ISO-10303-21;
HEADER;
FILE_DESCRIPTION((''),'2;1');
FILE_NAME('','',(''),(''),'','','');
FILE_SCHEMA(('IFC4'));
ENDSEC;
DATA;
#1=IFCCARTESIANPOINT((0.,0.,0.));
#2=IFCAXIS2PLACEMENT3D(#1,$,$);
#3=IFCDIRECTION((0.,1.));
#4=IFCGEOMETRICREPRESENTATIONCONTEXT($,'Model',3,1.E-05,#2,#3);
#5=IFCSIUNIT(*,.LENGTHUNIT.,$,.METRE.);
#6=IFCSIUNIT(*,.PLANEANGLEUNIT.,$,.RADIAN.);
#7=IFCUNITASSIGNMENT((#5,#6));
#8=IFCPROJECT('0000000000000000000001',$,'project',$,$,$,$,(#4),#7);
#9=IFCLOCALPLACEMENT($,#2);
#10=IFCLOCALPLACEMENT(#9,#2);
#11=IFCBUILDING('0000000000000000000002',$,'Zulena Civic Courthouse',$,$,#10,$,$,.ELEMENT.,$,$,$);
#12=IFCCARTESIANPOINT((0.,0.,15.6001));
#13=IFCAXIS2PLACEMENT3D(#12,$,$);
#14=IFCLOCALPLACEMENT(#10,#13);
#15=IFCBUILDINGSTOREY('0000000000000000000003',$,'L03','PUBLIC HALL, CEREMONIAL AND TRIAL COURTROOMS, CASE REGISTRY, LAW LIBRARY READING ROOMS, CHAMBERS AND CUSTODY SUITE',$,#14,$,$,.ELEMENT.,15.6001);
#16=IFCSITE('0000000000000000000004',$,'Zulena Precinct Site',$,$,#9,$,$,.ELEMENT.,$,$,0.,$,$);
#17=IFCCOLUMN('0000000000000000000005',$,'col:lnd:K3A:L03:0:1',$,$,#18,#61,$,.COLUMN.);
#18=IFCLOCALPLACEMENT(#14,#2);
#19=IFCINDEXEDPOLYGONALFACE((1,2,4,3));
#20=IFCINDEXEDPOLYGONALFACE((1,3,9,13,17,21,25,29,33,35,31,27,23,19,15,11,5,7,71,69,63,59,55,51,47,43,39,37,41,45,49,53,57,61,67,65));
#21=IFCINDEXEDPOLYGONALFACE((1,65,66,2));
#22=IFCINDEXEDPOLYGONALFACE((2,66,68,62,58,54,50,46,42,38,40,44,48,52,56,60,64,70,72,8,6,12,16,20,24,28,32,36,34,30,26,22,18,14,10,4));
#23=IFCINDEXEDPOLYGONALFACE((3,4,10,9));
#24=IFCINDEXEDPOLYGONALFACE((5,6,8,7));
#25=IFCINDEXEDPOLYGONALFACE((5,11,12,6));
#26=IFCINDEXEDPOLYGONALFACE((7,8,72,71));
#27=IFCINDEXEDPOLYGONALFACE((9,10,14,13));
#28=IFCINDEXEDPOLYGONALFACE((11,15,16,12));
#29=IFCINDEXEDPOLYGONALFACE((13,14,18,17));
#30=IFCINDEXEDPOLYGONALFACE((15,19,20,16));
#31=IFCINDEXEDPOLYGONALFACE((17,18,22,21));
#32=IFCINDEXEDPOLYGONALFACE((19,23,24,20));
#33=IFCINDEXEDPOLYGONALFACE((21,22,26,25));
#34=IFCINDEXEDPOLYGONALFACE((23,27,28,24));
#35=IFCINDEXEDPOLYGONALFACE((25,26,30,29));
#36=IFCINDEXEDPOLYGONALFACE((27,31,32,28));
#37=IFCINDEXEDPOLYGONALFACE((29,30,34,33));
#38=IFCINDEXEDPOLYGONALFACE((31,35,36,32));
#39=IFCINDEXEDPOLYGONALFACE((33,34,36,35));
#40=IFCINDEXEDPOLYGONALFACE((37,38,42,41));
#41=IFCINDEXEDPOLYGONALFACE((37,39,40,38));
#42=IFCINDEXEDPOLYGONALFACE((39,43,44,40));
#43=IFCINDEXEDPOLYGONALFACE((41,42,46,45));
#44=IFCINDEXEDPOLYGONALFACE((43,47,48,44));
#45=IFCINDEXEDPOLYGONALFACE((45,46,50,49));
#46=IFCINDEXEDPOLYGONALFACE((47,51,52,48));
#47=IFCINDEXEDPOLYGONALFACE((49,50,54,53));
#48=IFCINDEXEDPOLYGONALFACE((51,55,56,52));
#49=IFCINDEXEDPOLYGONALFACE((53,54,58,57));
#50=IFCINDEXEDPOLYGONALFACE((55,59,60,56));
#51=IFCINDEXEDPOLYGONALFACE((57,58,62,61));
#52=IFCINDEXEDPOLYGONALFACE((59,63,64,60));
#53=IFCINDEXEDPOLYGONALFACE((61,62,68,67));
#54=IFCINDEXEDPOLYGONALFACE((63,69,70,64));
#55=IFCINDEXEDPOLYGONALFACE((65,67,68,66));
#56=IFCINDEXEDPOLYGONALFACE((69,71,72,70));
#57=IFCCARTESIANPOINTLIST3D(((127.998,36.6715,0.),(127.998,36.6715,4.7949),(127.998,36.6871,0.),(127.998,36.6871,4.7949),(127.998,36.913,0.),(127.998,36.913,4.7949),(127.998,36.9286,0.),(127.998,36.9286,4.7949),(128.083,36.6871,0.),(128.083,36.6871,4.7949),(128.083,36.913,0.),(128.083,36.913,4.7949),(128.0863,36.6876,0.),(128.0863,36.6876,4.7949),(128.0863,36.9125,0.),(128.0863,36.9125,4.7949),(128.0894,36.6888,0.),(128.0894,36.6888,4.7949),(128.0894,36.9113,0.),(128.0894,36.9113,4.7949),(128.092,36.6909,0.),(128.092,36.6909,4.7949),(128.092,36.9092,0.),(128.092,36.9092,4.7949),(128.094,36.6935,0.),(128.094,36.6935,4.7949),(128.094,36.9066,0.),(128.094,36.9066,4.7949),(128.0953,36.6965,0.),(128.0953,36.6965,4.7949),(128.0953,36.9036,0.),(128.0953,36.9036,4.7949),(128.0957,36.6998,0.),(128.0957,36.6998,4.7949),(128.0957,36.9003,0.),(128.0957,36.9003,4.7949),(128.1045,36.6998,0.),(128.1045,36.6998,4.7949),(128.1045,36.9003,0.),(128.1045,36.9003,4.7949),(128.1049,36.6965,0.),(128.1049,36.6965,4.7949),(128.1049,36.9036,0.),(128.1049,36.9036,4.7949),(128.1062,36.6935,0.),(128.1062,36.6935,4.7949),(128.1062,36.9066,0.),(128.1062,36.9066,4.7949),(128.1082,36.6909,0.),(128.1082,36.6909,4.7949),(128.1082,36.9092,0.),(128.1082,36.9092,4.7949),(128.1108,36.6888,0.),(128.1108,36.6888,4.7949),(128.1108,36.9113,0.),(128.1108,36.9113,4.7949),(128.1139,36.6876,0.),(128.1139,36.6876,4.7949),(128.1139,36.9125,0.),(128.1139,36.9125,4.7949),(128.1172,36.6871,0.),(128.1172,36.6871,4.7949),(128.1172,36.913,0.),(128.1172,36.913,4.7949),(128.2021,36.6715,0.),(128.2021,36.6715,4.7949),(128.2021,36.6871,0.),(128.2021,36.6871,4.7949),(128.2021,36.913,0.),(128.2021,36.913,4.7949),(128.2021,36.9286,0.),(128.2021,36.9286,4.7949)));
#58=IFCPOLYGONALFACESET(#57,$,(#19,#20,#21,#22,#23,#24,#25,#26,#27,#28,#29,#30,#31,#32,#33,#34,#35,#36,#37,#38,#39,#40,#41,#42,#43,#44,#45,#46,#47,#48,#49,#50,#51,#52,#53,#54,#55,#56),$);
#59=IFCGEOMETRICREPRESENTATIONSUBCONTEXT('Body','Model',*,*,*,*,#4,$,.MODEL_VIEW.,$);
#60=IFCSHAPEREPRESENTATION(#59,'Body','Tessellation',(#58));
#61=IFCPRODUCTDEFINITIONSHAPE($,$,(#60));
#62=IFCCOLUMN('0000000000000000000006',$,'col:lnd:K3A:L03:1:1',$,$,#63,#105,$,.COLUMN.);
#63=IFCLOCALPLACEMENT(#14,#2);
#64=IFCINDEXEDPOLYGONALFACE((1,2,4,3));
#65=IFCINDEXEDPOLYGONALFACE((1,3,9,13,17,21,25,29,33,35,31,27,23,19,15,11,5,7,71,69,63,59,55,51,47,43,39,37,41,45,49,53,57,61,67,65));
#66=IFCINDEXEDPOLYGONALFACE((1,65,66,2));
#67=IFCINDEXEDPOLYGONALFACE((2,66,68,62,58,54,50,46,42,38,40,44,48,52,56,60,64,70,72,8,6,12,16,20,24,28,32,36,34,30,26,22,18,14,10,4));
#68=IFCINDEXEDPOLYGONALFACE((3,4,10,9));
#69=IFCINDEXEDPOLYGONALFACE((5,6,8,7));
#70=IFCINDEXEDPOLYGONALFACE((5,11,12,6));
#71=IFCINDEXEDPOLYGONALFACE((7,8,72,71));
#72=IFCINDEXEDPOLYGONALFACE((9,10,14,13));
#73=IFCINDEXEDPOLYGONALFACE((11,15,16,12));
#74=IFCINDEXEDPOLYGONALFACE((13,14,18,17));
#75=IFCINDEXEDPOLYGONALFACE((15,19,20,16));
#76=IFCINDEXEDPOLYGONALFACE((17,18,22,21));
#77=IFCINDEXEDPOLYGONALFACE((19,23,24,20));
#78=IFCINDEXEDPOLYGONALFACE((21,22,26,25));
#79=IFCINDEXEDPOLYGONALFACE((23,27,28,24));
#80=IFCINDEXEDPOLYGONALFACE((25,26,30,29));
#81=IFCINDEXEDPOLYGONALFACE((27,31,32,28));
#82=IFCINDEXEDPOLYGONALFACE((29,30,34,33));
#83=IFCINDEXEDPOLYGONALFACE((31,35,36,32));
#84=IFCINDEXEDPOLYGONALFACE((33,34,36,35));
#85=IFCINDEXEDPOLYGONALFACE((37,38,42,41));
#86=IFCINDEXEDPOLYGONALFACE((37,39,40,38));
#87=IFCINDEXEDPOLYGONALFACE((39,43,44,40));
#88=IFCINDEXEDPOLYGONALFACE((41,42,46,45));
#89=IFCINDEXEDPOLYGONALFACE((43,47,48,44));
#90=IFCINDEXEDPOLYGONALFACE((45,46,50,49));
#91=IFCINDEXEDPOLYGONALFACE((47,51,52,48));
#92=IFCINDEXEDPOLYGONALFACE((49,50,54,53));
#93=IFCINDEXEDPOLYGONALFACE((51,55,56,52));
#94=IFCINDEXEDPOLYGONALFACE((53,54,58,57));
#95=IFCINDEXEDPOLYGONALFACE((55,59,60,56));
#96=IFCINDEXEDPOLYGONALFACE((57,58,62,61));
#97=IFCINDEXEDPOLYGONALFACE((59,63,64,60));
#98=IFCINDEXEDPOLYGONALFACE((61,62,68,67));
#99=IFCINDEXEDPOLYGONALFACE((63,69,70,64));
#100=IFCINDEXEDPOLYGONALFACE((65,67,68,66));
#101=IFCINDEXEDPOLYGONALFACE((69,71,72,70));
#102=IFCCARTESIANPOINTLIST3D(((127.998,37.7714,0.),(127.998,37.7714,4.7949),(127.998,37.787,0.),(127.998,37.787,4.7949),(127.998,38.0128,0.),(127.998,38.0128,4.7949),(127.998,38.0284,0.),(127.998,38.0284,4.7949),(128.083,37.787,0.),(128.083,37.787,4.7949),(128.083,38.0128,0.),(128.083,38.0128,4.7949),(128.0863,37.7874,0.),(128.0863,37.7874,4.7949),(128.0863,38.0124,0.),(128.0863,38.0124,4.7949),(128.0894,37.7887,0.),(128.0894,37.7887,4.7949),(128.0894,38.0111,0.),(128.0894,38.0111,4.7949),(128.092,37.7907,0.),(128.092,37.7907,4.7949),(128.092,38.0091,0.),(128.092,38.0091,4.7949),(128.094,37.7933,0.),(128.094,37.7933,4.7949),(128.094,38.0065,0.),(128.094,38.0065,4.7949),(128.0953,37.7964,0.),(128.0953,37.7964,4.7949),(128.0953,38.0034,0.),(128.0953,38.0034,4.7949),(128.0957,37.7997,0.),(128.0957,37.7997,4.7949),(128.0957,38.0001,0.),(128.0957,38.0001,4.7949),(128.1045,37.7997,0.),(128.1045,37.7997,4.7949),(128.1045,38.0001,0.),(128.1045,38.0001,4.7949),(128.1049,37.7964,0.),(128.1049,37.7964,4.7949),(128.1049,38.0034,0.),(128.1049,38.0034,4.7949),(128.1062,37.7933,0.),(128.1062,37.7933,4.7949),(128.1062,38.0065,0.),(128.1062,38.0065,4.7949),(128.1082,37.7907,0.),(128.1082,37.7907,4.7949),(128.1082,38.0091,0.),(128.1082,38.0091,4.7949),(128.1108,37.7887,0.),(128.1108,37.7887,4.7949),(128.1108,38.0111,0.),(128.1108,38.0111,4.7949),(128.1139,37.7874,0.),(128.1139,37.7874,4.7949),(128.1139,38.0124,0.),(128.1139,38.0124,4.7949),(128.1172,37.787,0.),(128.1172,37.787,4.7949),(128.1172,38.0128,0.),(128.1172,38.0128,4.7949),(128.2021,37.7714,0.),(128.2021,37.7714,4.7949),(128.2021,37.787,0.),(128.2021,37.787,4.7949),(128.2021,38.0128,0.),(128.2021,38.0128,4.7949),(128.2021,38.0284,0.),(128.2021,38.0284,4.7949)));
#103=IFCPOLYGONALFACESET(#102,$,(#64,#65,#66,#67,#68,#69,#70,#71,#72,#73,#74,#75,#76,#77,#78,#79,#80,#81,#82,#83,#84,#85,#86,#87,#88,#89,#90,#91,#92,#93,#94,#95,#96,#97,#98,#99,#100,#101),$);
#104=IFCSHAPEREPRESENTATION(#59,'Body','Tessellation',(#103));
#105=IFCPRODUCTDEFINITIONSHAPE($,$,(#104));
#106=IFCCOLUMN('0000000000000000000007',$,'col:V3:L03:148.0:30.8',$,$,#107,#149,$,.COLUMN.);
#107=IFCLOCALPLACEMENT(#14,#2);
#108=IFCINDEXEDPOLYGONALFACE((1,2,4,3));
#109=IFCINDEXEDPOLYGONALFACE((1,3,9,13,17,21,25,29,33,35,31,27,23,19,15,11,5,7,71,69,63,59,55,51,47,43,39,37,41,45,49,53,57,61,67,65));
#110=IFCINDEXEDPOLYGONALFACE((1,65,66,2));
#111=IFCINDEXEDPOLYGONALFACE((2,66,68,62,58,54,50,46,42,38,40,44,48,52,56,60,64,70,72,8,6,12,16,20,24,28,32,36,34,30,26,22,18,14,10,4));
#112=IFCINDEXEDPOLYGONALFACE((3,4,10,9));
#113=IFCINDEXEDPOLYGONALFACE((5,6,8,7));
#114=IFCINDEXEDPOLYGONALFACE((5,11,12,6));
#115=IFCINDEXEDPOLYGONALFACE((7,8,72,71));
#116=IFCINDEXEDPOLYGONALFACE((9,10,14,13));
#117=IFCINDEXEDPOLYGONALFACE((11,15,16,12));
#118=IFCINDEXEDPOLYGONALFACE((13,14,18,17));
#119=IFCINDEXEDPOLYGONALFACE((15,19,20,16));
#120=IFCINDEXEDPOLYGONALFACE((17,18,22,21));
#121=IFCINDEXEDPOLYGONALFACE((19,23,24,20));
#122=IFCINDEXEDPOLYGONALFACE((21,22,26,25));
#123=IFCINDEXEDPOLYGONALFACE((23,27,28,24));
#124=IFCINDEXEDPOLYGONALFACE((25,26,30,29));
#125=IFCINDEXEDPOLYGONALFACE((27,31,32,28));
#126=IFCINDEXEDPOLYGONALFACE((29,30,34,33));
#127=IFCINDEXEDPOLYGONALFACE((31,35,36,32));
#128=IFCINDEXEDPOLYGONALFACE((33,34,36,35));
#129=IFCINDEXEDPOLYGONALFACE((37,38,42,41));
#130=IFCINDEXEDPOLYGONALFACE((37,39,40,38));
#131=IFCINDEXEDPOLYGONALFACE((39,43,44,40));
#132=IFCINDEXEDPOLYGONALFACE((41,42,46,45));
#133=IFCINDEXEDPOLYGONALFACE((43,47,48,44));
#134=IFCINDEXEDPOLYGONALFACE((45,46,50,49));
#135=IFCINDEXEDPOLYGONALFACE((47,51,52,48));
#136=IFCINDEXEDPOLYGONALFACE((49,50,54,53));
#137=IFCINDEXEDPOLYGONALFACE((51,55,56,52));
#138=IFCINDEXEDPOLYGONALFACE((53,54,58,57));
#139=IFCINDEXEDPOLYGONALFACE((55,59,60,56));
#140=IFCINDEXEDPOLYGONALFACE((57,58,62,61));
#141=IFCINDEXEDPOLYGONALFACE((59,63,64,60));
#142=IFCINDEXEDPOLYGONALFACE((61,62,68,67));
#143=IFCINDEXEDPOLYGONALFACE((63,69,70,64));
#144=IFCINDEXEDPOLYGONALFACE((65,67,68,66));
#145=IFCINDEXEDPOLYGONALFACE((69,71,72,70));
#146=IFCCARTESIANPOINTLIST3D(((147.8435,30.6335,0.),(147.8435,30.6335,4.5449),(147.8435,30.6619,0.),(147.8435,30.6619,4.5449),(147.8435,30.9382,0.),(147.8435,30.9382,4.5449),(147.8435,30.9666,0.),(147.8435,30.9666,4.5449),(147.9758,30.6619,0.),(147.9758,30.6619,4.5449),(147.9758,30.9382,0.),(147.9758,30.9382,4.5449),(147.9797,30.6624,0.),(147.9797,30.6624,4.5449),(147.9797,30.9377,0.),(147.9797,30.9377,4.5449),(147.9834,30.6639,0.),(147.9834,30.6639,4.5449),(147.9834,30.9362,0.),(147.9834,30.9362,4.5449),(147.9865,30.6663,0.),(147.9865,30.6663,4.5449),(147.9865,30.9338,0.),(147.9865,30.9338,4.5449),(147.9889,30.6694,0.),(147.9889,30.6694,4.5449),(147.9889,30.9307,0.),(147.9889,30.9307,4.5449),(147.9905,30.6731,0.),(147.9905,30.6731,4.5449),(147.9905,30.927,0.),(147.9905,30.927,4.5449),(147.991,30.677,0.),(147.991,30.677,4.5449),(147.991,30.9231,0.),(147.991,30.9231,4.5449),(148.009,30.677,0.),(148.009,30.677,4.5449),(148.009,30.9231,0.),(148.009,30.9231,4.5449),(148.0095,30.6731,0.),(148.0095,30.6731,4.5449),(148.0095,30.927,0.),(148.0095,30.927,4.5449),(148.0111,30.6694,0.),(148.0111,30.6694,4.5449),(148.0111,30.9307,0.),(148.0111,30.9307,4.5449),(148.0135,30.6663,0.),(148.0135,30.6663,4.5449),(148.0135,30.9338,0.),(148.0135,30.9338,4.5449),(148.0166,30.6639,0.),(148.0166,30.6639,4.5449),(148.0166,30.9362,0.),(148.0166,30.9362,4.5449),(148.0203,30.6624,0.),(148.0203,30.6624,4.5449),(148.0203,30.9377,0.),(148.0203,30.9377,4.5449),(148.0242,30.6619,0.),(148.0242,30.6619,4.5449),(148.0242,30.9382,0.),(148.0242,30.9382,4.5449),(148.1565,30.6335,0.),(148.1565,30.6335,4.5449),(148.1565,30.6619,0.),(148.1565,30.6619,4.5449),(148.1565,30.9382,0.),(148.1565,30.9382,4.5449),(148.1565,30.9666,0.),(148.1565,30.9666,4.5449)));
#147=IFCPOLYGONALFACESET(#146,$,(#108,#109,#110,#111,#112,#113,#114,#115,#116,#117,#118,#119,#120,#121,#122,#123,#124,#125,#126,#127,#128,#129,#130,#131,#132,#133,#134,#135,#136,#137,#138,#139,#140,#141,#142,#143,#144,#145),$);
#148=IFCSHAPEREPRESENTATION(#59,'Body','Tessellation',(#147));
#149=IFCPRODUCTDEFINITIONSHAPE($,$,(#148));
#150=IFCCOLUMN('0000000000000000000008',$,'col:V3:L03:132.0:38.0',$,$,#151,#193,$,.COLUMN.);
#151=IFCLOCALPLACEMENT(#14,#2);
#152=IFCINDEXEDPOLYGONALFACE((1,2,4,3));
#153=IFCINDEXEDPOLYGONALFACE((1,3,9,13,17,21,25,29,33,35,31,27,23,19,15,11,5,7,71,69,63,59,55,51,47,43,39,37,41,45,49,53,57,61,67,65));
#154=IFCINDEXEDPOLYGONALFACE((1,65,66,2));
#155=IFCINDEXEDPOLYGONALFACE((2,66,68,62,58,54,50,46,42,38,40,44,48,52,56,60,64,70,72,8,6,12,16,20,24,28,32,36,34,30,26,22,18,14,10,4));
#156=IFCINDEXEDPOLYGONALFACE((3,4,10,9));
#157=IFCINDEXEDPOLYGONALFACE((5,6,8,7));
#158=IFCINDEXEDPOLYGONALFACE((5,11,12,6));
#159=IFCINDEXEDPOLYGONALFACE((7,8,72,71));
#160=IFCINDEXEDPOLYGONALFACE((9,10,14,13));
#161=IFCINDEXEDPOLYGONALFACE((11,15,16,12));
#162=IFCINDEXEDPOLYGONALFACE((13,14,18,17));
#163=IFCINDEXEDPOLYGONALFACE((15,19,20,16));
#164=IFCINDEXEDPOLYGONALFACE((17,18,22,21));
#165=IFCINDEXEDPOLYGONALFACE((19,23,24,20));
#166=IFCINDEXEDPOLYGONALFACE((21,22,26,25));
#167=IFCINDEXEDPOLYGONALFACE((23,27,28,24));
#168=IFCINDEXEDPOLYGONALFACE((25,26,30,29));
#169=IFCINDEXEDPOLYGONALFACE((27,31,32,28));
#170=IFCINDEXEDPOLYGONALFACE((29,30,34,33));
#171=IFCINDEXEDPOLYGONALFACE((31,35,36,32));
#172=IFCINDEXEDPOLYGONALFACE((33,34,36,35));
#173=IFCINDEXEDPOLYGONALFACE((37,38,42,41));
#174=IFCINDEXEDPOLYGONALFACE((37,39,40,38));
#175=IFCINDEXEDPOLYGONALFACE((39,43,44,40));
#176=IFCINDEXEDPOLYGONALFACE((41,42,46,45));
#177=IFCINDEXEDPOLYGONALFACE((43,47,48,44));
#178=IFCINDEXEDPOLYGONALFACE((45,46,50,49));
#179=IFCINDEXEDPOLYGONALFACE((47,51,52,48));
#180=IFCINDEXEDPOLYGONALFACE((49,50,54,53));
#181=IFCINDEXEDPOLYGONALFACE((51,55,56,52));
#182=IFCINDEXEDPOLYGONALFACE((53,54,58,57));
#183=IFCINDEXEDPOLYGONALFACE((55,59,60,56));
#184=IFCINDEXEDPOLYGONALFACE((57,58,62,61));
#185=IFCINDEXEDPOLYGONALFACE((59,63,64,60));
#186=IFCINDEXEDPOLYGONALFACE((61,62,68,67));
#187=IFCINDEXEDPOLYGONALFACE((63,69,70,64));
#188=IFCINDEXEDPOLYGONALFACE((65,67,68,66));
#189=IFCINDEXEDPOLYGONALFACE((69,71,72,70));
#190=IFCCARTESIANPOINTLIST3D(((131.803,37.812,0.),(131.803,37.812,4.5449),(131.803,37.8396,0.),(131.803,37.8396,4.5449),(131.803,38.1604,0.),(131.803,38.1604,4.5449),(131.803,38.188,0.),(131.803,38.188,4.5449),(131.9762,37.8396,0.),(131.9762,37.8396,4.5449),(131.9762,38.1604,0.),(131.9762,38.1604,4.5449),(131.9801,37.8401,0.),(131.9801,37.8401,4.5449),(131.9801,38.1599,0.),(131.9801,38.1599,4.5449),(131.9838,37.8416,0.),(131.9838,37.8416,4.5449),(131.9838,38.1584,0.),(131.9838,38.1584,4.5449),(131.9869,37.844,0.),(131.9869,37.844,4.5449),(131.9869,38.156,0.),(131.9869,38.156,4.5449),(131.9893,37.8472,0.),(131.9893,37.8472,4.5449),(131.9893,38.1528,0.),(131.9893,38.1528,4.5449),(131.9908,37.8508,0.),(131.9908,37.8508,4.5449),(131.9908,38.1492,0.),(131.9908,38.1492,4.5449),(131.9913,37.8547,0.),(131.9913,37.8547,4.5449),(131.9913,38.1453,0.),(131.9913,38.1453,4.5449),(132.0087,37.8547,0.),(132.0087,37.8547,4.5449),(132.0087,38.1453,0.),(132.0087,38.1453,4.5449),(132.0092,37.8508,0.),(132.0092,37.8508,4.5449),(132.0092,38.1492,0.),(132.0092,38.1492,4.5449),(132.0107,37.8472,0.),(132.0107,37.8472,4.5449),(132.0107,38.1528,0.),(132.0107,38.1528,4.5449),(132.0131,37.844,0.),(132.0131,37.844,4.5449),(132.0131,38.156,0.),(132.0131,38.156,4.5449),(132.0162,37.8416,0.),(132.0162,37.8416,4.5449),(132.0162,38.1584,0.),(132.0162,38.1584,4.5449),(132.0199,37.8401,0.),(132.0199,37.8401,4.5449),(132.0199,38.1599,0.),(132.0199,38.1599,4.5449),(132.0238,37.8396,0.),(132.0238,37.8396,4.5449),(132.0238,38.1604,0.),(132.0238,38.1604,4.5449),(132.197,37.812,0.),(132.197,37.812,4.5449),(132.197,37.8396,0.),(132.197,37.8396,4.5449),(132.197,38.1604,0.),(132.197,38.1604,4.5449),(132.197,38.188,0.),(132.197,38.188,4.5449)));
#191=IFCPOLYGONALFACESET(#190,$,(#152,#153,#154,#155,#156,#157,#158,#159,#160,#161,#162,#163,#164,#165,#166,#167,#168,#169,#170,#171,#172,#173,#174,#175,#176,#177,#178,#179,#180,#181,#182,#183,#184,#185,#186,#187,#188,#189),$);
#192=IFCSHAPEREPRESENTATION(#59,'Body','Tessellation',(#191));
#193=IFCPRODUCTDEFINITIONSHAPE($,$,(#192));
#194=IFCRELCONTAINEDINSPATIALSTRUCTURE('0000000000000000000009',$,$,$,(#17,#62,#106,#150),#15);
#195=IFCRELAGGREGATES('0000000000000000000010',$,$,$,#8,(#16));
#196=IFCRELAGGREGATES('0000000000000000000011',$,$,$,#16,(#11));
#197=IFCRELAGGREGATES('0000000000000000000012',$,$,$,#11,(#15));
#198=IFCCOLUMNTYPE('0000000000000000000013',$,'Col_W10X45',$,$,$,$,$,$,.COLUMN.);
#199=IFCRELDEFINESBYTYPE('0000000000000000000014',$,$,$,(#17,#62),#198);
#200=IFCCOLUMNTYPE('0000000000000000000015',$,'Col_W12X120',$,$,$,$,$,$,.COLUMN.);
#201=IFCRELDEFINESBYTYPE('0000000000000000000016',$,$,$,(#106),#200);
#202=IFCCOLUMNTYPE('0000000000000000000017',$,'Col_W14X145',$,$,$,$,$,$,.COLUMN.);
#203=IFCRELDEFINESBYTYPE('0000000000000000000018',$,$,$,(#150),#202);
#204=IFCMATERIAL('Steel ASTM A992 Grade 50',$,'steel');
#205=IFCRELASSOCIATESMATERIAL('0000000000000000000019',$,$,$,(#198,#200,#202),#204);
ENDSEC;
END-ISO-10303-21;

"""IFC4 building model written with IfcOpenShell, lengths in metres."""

from ifc_helpers import new_model, si_unit, direction, frame, origin, origin_2d, place, context, subcontext, project, spatial, i_section, extrude, material, material_profile, profile_set, type_object, element, save


model = new_model("IFC4")

# Units and contexts
model_context = context("Model", 3, precision=1e-05, world=origin(), true_north=direction((0.0, 1.0)))
body_context = subcontext(model_context, "Body", "Model", "MODEL_VIEW")
ifc_project = project(units=[si_unit("LENGTHUNIT", "METRE"), si_unit("PLANEANGLEUNIT", "RADIAN")], contexts=[model_context])

# Site, building, storey
site_placement = place(None, origin())
site = spatial("IfcSite", under=ifc_project, at=site_placement, Name="Zulena Precinct Site", CompositionType="ELEMENT", RefElevation=0.0)
building_placement = place(site_placement, origin())
building = spatial("IfcBuilding", under=site, at=building_placement, Name="Zulena Civic Courthouse", CompositionType="ELEMENT")
storey_placement = place(building_placement, frame((0.0, 0.0, 15.6001)))
storey = spatial("IfcBuildingStorey", under=building, at=storey_placement, Name="L03", Description="PUBLIC HALL, CEREMONIAL AND TRIAL COURTROOMS, CASE REGISTRY, LAW LIBRARY READING ROOMS, CHAMBERS AND CUSTODY SUITE", CompositionType="ELEMENT", Elevation=15.6001)

# Columns
ifc_material_1 = material(Name="Steel ASTM A992 Grade 50", Category="steel")
ifc_material_profile_1 = material_profile(ifc_material_1, i_section(OverallWidth=0.2041, OverallDepth=0.2571, WebThickness=0.0088, FlangeThickness=0.0156, FilletRadius=0.0127, at=origin_2d()), Name="W10X45")
ifc_profile_set_1 = profile_set([ifc_material_profile_1], Name="Steel ASTM A992 Grade 50")
column_type_1 = type_object("IfcColumnType", Name="Col_W10X45", PredefinedType="COLUMN", material=ifc_profile_set_1)
for number, where, z_axis, x_axis, name in (
    (1, (128.1001, 36.8, 0.0), (0.0, 0.0, 1.0), (1.0, 0.0, 0.0), "col:lnd:K3A:L03:0:1"),
    (2, (128.1001, 37.8999, 0.0), (0.0, 0.0, 1.0), (1.0, 0.0, 0.0), "col:lnd:K3A:L03:1:1"),
):
    element("IfcColumn", number, at=place(storey_placement, frame(where, z_axis=z_axis, x_axis=x_axis)), inside=storey, type_object=column_type_1, Name=name, PredefinedType="COLUMN", context=body_context, shape_type="SweptSolid", body=[
        extrude(i_section(OverallWidth=0.2041, OverallDepth=0.2571, WebThickness=0.0088, FlangeThickness=0.0156, FilletRadius=0.0127, at=origin_2d()), origin(), (0.0, 0.0, 1.0), 4.7949),
    ])
ifc_material_profile_2 = material_profile(ifc_material_1, i_section(OverallWidth=0.313, OverallDepth=0.333, WebThickness=0.0181, FlangeThickness=0.0283, FilletRadius=0.0151, at=origin_2d()), Name="W12X120")
ifc_profile_set_2 = profile_set([ifc_material_profile_2], Name="Steel ASTM A992 Grade 50")
column_type_2 = type_object("IfcColumnType", Name="Col_W12X120", PredefinedType="COLUMN", material=ifc_profile_set_2)
column_placement = place(storey_placement, frame((148.0, 30.8, 0.0), z_axis=(0.0, 0.0, 1.0), x_axis=(1.0, 0.0, 0.0)))
element("IfcColumn", 3, at=column_placement, inside=storey, type_object=column_type_2, Name="col:V3:L03:148.0:30.8", PredefinedType="COLUMN", context=body_context, shape_type="SweptSolid", body=[
    extrude(i_section(OverallWidth=0.313, OverallDepth=0.333, WebThickness=0.0181, FlangeThickness=0.0283, FilletRadius=0.0151, at=origin_2d()), origin(), (0.0, 0.0, 1.0), 4.5449),
])
ifc_material_profile_3 = material_profile(ifc_material_1, i_section(OverallWidth=0.394, OverallDepth=0.376, WebThickness=0.0173, FlangeThickness=0.0276, FilletRadius=0.0151, at=origin_2d()), Name="W14X145")
ifc_profile_set_3 = profile_set([ifc_material_profile_3], Name="Steel ASTM A992 Grade 50")
column_type_3 = type_object("IfcColumnType", Name="Col_W14X145", PredefinedType="COLUMN", material=ifc_profile_set_3)
for number, where, z_axis, x_axis, name in (
    (4, (132.0, 38.0, 0.0), (0.0, 0.0, 1.0), (1.0, 0.0, 0.0), "col:V3:L03:132.0:38.0"),
):
    element("IfcColumn", number, at=place(storey_placement, frame(where, z_axis=z_axis, x_axis=x_axis)), inside=storey, type_object=column_type_3, Name=name, PredefinedType="COLUMN", context=body_context, shape_type="SweptSolid", body=[
        extrude(i_section(OverallWidth=0.394, OverallDepth=0.376, WebThickness=0.0173, FlangeThickness=0.0276, FilletRadius=0.0151, at=origin_2d()), origin(), (0.0, 0.0, 1.0), 4.5449),
    ])

save(model, "model.ifc")
